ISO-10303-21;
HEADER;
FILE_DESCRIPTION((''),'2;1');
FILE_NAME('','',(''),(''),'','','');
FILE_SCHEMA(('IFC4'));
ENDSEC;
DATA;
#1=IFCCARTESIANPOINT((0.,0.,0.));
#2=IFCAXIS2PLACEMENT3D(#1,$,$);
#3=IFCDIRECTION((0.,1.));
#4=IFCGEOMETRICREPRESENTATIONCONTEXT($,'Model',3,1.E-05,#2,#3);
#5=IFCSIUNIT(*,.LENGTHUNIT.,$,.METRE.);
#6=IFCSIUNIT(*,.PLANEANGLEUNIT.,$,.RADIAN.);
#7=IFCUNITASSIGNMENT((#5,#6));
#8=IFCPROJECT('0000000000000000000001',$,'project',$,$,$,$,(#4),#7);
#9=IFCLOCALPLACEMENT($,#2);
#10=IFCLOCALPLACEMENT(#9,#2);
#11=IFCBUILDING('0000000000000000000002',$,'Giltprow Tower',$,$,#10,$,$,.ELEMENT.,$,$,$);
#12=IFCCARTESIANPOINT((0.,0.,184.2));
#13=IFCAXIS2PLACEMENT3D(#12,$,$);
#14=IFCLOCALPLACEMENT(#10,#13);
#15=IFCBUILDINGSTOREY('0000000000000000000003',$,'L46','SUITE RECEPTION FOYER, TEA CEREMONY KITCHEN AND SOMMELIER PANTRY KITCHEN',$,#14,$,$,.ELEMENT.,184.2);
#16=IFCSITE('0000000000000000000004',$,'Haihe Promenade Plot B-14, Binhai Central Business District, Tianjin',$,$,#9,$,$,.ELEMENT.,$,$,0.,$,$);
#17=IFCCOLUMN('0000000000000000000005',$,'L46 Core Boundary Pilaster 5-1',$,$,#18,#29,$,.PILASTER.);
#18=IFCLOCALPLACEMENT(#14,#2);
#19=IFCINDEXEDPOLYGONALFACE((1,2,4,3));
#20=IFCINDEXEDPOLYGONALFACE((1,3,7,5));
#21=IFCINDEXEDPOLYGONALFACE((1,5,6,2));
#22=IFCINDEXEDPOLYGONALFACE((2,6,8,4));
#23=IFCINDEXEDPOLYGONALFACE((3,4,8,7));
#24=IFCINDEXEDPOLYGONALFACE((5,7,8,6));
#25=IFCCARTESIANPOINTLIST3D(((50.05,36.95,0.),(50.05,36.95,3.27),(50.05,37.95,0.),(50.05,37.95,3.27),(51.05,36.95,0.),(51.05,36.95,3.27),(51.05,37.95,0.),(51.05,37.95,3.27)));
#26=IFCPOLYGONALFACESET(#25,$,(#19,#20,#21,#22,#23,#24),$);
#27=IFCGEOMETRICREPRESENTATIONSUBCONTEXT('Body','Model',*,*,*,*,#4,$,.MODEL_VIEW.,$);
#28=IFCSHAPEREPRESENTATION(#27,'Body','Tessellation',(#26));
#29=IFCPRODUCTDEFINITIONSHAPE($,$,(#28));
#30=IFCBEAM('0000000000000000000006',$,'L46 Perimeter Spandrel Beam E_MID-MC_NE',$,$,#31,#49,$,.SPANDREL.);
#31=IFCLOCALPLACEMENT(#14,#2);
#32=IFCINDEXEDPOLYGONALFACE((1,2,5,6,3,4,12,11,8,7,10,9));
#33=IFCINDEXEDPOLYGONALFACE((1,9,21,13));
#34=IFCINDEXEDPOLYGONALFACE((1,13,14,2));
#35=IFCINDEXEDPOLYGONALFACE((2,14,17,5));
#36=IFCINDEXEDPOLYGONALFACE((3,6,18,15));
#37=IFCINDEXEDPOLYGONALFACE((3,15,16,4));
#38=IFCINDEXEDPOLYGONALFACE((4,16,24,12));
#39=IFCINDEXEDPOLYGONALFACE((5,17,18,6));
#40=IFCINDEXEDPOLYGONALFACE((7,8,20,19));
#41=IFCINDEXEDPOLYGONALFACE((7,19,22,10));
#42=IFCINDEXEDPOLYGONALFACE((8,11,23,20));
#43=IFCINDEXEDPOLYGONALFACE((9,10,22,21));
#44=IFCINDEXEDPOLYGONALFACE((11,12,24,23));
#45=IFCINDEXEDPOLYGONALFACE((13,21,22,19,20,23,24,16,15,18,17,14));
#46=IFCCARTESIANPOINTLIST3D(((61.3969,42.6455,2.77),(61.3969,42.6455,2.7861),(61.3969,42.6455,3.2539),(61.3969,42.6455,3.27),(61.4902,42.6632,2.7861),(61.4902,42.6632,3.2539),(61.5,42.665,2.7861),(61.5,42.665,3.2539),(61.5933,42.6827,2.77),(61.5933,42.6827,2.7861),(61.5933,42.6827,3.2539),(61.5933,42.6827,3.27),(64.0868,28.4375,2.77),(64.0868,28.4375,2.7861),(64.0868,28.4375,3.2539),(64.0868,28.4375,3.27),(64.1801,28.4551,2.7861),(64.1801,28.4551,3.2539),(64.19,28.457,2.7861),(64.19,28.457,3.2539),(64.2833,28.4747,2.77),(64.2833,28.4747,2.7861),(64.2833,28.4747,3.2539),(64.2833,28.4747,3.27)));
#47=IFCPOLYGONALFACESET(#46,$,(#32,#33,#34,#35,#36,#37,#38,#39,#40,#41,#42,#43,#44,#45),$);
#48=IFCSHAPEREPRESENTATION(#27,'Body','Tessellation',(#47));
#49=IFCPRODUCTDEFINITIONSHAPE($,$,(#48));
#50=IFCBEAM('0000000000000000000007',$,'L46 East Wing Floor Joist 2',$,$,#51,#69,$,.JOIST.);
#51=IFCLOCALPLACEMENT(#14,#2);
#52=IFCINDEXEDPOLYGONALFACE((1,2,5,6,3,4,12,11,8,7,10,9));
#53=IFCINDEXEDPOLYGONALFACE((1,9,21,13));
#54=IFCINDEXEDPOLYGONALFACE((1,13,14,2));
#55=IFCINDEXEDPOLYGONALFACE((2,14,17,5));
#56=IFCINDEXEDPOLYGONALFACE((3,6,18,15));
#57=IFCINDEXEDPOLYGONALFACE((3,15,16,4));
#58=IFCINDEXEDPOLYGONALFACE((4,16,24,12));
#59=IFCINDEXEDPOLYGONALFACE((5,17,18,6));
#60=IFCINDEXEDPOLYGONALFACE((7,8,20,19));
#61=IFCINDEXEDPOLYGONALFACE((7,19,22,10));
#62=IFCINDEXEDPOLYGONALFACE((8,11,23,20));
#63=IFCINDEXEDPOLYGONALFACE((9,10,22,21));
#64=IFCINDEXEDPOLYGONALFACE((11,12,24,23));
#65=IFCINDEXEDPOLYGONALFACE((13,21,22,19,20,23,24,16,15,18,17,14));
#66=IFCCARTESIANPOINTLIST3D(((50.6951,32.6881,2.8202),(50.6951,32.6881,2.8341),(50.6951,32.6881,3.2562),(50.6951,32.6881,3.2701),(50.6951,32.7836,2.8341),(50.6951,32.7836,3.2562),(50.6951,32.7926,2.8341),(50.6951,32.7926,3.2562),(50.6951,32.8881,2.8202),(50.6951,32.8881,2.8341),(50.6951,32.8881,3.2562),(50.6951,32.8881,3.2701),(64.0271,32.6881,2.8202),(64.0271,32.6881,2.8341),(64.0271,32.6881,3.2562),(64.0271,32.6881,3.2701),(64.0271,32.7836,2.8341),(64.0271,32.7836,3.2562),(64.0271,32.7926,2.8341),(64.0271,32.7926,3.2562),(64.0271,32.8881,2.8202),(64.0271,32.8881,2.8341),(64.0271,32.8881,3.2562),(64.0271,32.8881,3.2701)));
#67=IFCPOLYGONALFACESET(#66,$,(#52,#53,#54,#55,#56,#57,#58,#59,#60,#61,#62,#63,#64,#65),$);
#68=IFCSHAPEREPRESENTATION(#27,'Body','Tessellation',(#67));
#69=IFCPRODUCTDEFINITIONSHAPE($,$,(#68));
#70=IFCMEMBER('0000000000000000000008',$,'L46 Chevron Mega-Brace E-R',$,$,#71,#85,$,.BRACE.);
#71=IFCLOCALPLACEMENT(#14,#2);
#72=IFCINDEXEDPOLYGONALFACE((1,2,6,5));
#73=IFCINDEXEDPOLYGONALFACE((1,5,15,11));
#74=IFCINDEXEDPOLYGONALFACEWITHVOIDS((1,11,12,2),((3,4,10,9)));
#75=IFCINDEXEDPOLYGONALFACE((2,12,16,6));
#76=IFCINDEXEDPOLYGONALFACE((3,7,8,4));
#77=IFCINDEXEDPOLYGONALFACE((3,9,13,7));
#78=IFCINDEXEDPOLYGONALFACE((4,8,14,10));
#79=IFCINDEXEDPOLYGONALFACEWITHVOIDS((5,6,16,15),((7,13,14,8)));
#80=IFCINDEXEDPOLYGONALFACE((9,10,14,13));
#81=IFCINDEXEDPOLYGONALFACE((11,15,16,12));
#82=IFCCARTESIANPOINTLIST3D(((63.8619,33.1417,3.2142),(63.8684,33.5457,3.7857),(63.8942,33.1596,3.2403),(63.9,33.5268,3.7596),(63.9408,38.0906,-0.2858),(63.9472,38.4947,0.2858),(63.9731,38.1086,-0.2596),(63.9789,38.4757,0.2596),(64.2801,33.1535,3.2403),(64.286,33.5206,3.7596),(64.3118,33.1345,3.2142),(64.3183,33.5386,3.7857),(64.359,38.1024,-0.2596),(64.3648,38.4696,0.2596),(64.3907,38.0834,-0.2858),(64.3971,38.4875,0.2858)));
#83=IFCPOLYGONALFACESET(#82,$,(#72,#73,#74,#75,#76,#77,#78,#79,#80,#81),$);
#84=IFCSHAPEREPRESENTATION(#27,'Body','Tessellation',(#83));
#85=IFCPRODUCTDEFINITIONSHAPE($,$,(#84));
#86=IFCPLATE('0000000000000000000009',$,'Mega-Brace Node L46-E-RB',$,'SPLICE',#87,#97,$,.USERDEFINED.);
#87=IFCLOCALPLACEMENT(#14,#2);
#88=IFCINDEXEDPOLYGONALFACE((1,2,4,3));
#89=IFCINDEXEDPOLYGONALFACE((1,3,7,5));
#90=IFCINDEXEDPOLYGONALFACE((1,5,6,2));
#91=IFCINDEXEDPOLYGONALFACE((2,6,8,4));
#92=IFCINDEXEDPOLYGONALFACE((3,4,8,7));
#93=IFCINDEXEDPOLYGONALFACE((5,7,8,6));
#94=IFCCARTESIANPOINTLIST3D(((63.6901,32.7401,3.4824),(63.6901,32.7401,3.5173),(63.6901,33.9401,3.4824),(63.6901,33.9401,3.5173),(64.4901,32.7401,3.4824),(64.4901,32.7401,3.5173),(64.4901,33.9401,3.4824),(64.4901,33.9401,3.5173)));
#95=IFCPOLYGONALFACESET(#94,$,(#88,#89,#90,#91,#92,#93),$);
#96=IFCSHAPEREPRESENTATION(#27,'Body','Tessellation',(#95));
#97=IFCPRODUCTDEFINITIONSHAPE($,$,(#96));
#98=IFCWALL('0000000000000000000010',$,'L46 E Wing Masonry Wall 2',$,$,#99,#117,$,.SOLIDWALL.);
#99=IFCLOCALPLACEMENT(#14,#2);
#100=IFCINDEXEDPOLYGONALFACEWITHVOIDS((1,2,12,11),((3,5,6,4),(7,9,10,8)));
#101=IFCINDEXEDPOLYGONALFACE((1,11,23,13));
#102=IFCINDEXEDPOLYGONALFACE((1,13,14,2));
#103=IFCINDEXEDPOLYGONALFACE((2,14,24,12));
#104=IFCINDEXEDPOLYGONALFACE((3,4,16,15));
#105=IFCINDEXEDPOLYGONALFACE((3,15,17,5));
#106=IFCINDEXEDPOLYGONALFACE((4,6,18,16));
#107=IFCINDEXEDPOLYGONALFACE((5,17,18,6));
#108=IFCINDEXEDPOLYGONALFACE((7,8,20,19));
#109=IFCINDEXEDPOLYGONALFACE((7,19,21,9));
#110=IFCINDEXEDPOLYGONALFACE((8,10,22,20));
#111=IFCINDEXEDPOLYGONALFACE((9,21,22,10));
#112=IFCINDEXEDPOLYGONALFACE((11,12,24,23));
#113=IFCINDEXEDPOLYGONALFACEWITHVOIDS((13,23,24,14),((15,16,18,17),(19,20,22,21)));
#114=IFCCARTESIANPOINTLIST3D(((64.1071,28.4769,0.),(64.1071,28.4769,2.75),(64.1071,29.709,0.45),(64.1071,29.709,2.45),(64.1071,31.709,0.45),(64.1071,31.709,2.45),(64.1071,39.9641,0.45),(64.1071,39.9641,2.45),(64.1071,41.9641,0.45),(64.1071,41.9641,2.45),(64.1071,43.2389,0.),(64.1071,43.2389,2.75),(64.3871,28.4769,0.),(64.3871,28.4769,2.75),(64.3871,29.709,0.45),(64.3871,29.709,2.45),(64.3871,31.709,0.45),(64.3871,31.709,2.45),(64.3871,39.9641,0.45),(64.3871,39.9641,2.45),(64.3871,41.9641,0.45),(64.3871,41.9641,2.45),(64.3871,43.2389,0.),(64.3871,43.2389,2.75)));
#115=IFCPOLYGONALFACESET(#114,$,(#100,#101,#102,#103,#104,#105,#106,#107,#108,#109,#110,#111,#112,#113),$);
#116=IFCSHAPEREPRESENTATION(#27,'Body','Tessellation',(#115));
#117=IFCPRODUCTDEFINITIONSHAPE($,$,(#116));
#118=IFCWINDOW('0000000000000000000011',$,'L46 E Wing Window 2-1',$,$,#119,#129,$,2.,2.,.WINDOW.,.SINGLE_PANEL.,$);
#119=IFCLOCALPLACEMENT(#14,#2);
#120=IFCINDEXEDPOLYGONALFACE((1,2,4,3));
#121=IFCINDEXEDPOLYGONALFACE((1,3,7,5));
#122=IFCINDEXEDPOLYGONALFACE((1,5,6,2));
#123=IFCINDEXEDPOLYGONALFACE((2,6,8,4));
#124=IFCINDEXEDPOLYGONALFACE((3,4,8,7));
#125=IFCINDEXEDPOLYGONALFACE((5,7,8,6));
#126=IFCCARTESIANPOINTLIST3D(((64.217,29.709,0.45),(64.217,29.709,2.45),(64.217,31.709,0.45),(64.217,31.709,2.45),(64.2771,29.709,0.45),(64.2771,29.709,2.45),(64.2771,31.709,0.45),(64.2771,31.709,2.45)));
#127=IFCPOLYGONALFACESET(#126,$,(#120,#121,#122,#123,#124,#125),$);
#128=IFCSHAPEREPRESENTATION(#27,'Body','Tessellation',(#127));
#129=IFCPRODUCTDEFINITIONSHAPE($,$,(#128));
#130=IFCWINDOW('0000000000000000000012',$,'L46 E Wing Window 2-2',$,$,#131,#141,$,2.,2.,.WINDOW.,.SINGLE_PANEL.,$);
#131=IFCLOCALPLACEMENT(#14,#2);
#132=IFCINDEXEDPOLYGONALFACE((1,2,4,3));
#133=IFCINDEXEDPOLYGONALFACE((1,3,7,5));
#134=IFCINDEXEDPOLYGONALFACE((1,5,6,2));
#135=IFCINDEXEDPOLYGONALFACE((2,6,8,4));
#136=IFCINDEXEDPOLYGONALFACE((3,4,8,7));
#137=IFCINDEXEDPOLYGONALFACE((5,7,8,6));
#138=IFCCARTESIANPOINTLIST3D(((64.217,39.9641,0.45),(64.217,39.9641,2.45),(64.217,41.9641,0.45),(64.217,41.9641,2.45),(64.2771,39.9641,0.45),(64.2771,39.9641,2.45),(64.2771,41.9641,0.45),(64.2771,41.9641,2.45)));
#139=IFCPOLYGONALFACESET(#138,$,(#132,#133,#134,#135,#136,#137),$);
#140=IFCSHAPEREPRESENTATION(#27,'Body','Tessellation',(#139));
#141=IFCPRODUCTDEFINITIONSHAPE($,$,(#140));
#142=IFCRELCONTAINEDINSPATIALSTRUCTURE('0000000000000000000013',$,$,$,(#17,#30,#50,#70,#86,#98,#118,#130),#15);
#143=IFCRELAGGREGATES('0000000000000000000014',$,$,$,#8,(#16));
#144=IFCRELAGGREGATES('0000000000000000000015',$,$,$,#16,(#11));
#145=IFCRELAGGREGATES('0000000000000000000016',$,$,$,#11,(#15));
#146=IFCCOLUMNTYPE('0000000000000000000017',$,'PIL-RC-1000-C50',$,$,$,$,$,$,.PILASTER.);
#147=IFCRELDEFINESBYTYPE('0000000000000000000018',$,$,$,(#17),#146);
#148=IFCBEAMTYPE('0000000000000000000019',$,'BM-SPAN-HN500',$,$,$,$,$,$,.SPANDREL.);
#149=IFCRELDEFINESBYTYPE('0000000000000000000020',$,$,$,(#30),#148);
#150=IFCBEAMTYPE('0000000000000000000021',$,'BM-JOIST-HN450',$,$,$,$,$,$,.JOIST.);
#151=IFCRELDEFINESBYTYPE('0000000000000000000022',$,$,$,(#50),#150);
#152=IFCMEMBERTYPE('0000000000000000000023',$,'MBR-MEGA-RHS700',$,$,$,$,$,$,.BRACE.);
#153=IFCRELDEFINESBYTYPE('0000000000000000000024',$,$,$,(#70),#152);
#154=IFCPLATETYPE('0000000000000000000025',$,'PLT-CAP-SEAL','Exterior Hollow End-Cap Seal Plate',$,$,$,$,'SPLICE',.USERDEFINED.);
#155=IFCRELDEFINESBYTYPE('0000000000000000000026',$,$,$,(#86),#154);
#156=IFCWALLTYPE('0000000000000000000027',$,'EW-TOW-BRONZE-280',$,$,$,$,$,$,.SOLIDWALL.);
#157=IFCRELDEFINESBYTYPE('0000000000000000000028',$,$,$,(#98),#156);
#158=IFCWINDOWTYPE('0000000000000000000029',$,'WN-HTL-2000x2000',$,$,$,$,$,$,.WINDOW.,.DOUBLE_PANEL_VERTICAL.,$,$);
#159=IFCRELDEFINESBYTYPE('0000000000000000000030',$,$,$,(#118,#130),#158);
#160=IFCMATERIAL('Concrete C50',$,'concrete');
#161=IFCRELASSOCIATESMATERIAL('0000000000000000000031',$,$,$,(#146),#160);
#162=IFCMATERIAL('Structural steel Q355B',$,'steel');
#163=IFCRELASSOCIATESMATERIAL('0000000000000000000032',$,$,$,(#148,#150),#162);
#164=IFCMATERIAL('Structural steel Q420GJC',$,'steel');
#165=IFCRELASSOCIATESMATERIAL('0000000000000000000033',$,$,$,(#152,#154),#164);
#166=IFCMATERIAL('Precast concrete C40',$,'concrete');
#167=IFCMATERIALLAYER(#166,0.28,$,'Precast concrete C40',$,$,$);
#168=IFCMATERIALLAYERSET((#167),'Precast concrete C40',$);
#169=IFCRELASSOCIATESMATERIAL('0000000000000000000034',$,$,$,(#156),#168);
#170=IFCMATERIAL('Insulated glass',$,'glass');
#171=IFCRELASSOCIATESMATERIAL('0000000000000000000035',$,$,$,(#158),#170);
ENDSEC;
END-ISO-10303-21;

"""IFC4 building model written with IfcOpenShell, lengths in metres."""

from ifc_helpers import new_model, si_unit, direction, frame, frame_2d, origin, origin_2d, place, context, subcontext, project, spatial, rectangle, hollow_rectangle, i_section, extrude, source, transform, mapped, material, layer, layer_set, material_profile, profile_set, type_object, element, fill, save


model = new_model("IFC4")

# Units and contexts
model_context = context("Model", 3, precision=1e-05, world=origin(), true_north=direction((0.0, 1.0)))
body_context = subcontext(model_context, "Body", "Model", "MODEL_VIEW")
ifc_project = project(units=[si_unit("LENGTHUNIT", "METRE"), si_unit("PLANEANGLEUNIT", "RADIAN")], contexts=[model_context])

# Site, building, storey
site_placement = place(None, origin())
site = spatial("IfcSite", under=ifc_project, at=site_placement, Name="Haihe Promenade Plot B-14, Binhai Central Business District, Tianjin", CompositionType="ELEMENT", RefElevation=0.0)
building_placement = place(site_placement, origin())
building = spatial("IfcBuilding", under=site, at=building_placement, Name="Giltprow Tower", CompositionType="ELEMENT")
storey_placement = place(building_placement, frame((0.0, 0.0, 184.2)))
storey = spatial("IfcBuildingStorey", under=building, at=storey_placement, Name="L46", Description="SUITE RECEPTION FOYER, TEA CEREMONY KITCHEN AND SOMMELIER PANTRY KITCHEN", CompositionType="ELEMENT", Elevation=184.2)

# Column
ifc_material_1 = material(Name="Concrete C50", Category="concrete")
ifc_material_profile_1 = material_profile(ifc_material_1, rectangle(XDim=1.0, YDim=1.0, at=origin_2d()), Name="RC 1000x1000")
ifc_profile_set_1 = profile_set([ifc_material_profile_1], Name="Concrete C50")
column_type = type_object("IfcColumnType", Name="PIL-RC-1000-C50", PredefinedType="PILASTER", material=ifc_profile_set_1)
shared_shape_1 = source(origin(), body_context, "Body", "SweptSolid", [
    extrude(rectangle(XDim=1.0, YDim=1.0, at=origin_2d()), origin(), (0.0, 0.0, 1.0), 3.27),
])
column_placement = place(storey_placement, frame((50.55, 37.45, 0.0), z_axis=(0.0, 0.0, 1.0), x_axis=(1.0, 0.0, 0.0)))
element("IfcColumn", 1, at=column_placement, inside=storey, type_object=column_type, Name="L46 Core Boundary Pilaster 5-1", PredefinedType="PILASTER", context=body_context, shape_type="MappedRepresentation", body=[
    mapped(shared_shape_1, transform((0.0, 0.0, 0.0), x_axis=(1.0, 0.0, 0.0), y_axis=(0.0, 1.0, 0.0), z_axis=(0.0, 0.0, 1.0), scale=1.0)),
])

# Beams
ifc_material_2 = material(Name="Structural steel Q355B", Category="steel")
ifc_material_profile_2 = material_profile(ifc_material_2, i_section(OverallWidth=0.2, OverallDepth=0.5, WebThickness=0.01, FlangeThickness=0.0161, at=origin_2d()), Name="HN 500x200x10x16")
ifc_profile_set_2 = profile_set([ifc_material_profile_2], Name="Structural steel Q355B")
beam_type_1 = type_object("IfcBeamType", Name="BM-SPAN-HN500", PredefinedType="SPANDREL", material=ifc_profile_set_2)
shared_shape_2 = source(origin(), body_context, "Body", "SweptSolid", [
    extrude(i_section(OverallWidth=0.2, OverallDepth=0.5, WebThickness=0.01, FlangeThickness=0.0161, at=origin_2d()), origin(), (0.0, 0.0, 1.0), 14.4604),
])
beam_1_placement = place(storey_placement, frame((64.1851, 28.4561, 3.02), z_axis=(-0.186021, 0.982546, 0.0), x_axis=(-0.982546, -0.186021, 0.0)))
element("IfcBeam", 2, at=beam_1_placement, inside=storey, type_object=beam_type_1, Name="L46 Perimeter Spandrel Beam E_MID-MC_NE", PredefinedType="SPANDREL", context=body_context, shape_type="MappedRepresentation", body=[
    mapped(shared_shape_2, transform((0.0, 0.0, 0.0), x_axis=(1.0, 0.0, 0.0), y_axis=(0.0, 1.0, 0.0), z_axis=(0.0, 0.0, 1.0), scale=1.0)),
])
ifc_material_profile_3 = material_profile(ifc_material_2, i_section(OverallWidth=0.2, OverallDepth=0.45, WebThickness=0.009, FlangeThickness=0.0139, at=origin_2d()), Name="HN 450x200x9x14")
ifc_profile_set_3 = profile_set([ifc_material_profile_3], Name="Structural steel Q355B")
beam_type_2 = type_object("IfcBeamType", Name="BM-JOIST-HN450", PredefinedType="JOIST", material=ifc_profile_set_3)
shared_shape_3 = source(origin(), body_context, "Body", "SweptSolid", [
    extrude(i_section(OverallWidth=0.2, OverallDepth=0.45, WebThickness=0.009, FlangeThickness=0.0139, at=origin_2d()), origin(), (0.0, 0.0, 1.0), 13.332),
])
beam_2_placement = place(storey_placement, frame((50.6951, 32.7881, 3.0452), z_axis=(1.0, 0.0, 0.0), x_axis=(0.0, 1.0, 0.0)))
element("IfcBeam", 3, at=beam_2_placement, inside=storey, type_object=beam_type_2, Name="L46 East Wing Floor Joist 2", PredefinedType="JOIST", context=body_context, shape_type="MappedRepresentation", body=[
    mapped(shared_shape_3, transform((0.0, 0.0, 0.0), x_axis=(1.0, 0.0, 0.0), y_axis=(0.0, 1.0, 0.0), z_axis=(0.0, 0.0, 1.0), scale=1.0)),
])

# Member
ifc_material_3 = material(Name="Structural steel Q420GJC", Category="steel")
ifc_material_profile_4 = material_profile(ifc_material_3, hollow_rectangle(XDim=0.45, YDim=0.7, WallThickness=0.032, at=origin_2d()), Name="RHS 700x450x32")
ifc_profile_set_4 = profile_set([ifc_material_profile_4], Name="Structural steel Q420GJC")
member_type = type_object("IfcMemberType", Name="MBR-MEGA-RHS700", PredefinedType="BRACE", material=ifc_profile_set_4)
shared_shape_4 = source(origin(), body_context, "Body", "SweptSolid", [
    extrude(hollow_rectangle(XDim=0.45, YDim=0.7, WallThickness=0.032, at=origin_2d()), origin(), (0.0, 0.0, 1.0), 6.062),
])
member_placement = place(storey_placement, frame((64.1689, 38.2891, 0.0), z_axis=(-0.013008, -0.816385, 0.577362), x_axis=(0.999873, -0.015932, 0.0)))
element("IfcMember", 4, at=member_placement, inside=storey, type_object=member_type, Name="L46 Chevron Mega-Brace E-R", PredefinedType="BRACE", context=body_context, shape_type="MappedRepresentation", body=[
    mapped(shared_shape_4, transform((0.0, 0.0, 0.0), x_axis=(1.0, 0.0, 0.0), y_axis=(0.0, 1.0, 0.0), z_axis=(0.0, 0.0, 1.0), scale=1.0)),
])

# Plate
plate_type = type_object("IfcPlateType", Name="PLT-CAP-SEAL", Description="Exterior Hollow End-Cap Seal Plate", ElementType="SPLICE", PredefinedType="USERDEFINED", material=ifc_material_3)
shared_shape_5 = source(origin(), body_context, "Body", "SweptSolid", [
    extrude(rectangle(XDim=1.2, YDim=0.8, at=origin_2d()), origin(), (0.0, 0.0, 1.0), 0.0349),
])
plate_placement = place(storey_placement, frame((64.0901, 33.3401, 3.4824), z_axis=(0.0, 0.0, 1.0), x_axis=(0.0, 1.0, 0.0)))
element("IfcPlate", 5, at=plate_placement, inside=storey, type_object=plate_type, Name="Mega-Brace Node L46-E-RB", ObjectType="SPLICE", PredefinedType="USERDEFINED", context=body_context, shape_type="MappedRepresentation", body=[
    mapped(shared_shape_5, transform((0.0, 0.0, 0.0), x_axis=(1.0, 0.0, 0.0), y_axis=(0.0, 1.0, 0.0), z_axis=(0.0, 0.0, 1.0), scale=1.0)),
])

# Wall, openings, windows
ifc_material_4 = material(Name="Precast concrete C40", Category="concrete")
ifc_layer_1 = layer(ifc_material_4, 0.28, Name="Precast concrete C40")
ifc_layer_set_1 = layer_set([ifc_layer_1], Name="Precast concrete C40")
wall_type_1 = type_object("IfcWallType", Name="EW-TOW-BRONZE-280", PredefinedType="SOLIDWALL", material=ifc_layer_set_1)
wall_1_placement = place(storey_placement, frame((64.2471, 28.4771, 0.0), z_axis=(0.0, 0.0, 1.0), x_axis=(0.0, 1.0, 0.0)))
wall_1 = element("IfcWall", 6, at=wall_1_placement, inside=storey, type_object=wall_type_1, Name="L46 E Wing Masonry Wall 2", PredefinedType="SOLIDWALL", context=body_context, shape_type="SweptSolid", body=[
    extrude(rectangle(XDim=14.762, YDim=0.28, at=frame_2d((7.3809, 0.0))), origin(), (0.0, 0.0, 1.0), 2.75),
])
opening_1_placement = place(wall_1_placement, frame((1.2319, 0.0, 0.45)))
opening_1 = element("IfcOpeningElement", 7, at=opening_1_placement, cuts=wall_1, PredefinedType="OPENING", context=body_context, shape_type="SweptSolid", body=[
    extrude(rectangle(XDim=2.0, YDim=2.0, at=frame_2d((1.0, 1.0))), frame((0.0, 0.1499, 0.0), z_axis=(0.0, -1.0, 0.0), x_axis=(1.0, 0.0, 0.0)), (0.0, 0.0, 1.0), 0.3),
])
opening_2_placement = place(wall_1_placement, frame((11.4871, 0.0, 0.45)))
opening_2 = element("IfcOpeningElement", 8, at=opening_2_placement, cuts=wall_1, PredefinedType="OPENING", context=body_context, shape_type="SweptSolid", body=[
    extrude(rectangle(XDim=2.0, YDim=2.0, at=frame_2d((1.0, 1.0))), frame((0.0, 0.1499, 0.0), z_axis=(0.0, -1.0, 0.0), x_axis=(1.0, 0.0, 0.0)), (0.0, 0.0, 1.0), 0.3),
])
ifc_material_5 = material(Name="Insulated glass", Category="glass")
window_type = type_object("IfcWindowType", Name="WN-HTL-2000x2000", PartitioningType="DOUBLE_PANEL_VERTICAL", PredefinedType="WINDOW", material=ifc_material_5)
shared_shape_6 = source(origin(), body_context, "Body", "SweptSolid", [
    extrude(rectangle(XDim=2.0, YDim=2.0, at=frame_2d((1.0, 1.0))), frame((0.0, 0.03, 0.0), z_axis=(0.0, -1.0, 0.0), x_axis=(1.0, 0.0, 0.0)), (0.0, 0.0, 1.0), 0.0601),
])
window_1_placement = place(opening_1_placement, origin())
window_1 = element("IfcWindow", 9, at=window_1_placement, inside=storey, type_object=window_type, Name="L46 E Wing Window 2-1", OverallHeight=2.0, OverallWidth=2.0, PartitioningType="SINGLE_PANEL", PredefinedType="WINDOW", context=body_context, shape_type="MappedRepresentation", body=[
    mapped(shared_shape_6, transform((0.0, 0.0, 0.0), x_axis=(1.0, 0.0, 0.0), y_axis=(0.0, 1.0, 0.0), z_axis=(0.0, 0.0, 1.0), scale=1.0)),
])
fill(opening_1, window_1)
window_2_placement = place(opening_2_placement, origin())
window_2 = element("IfcWindow", 10, at=window_2_placement, inside=storey, type_object=window_type, Name="L46 E Wing Window 2-2", OverallHeight=2.0, OverallWidth=2.0, PartitioningType="SINGLE_PANEL", PredefinedType="WINDOW", context=body_context, shape_type="MappedRepresentation", body=[
    mapped(shared_shape_6, transform((0.0, 0.0, 0.0), x_axis=(1.0, 0.0, 0.0), y_axis=(0.0, 1.0, 0.0), z_axis=(0.0, 0.0, 1.0), scale=1.0)),
])
fill(opening_2, window_2)

save(model, "model.ifc")
